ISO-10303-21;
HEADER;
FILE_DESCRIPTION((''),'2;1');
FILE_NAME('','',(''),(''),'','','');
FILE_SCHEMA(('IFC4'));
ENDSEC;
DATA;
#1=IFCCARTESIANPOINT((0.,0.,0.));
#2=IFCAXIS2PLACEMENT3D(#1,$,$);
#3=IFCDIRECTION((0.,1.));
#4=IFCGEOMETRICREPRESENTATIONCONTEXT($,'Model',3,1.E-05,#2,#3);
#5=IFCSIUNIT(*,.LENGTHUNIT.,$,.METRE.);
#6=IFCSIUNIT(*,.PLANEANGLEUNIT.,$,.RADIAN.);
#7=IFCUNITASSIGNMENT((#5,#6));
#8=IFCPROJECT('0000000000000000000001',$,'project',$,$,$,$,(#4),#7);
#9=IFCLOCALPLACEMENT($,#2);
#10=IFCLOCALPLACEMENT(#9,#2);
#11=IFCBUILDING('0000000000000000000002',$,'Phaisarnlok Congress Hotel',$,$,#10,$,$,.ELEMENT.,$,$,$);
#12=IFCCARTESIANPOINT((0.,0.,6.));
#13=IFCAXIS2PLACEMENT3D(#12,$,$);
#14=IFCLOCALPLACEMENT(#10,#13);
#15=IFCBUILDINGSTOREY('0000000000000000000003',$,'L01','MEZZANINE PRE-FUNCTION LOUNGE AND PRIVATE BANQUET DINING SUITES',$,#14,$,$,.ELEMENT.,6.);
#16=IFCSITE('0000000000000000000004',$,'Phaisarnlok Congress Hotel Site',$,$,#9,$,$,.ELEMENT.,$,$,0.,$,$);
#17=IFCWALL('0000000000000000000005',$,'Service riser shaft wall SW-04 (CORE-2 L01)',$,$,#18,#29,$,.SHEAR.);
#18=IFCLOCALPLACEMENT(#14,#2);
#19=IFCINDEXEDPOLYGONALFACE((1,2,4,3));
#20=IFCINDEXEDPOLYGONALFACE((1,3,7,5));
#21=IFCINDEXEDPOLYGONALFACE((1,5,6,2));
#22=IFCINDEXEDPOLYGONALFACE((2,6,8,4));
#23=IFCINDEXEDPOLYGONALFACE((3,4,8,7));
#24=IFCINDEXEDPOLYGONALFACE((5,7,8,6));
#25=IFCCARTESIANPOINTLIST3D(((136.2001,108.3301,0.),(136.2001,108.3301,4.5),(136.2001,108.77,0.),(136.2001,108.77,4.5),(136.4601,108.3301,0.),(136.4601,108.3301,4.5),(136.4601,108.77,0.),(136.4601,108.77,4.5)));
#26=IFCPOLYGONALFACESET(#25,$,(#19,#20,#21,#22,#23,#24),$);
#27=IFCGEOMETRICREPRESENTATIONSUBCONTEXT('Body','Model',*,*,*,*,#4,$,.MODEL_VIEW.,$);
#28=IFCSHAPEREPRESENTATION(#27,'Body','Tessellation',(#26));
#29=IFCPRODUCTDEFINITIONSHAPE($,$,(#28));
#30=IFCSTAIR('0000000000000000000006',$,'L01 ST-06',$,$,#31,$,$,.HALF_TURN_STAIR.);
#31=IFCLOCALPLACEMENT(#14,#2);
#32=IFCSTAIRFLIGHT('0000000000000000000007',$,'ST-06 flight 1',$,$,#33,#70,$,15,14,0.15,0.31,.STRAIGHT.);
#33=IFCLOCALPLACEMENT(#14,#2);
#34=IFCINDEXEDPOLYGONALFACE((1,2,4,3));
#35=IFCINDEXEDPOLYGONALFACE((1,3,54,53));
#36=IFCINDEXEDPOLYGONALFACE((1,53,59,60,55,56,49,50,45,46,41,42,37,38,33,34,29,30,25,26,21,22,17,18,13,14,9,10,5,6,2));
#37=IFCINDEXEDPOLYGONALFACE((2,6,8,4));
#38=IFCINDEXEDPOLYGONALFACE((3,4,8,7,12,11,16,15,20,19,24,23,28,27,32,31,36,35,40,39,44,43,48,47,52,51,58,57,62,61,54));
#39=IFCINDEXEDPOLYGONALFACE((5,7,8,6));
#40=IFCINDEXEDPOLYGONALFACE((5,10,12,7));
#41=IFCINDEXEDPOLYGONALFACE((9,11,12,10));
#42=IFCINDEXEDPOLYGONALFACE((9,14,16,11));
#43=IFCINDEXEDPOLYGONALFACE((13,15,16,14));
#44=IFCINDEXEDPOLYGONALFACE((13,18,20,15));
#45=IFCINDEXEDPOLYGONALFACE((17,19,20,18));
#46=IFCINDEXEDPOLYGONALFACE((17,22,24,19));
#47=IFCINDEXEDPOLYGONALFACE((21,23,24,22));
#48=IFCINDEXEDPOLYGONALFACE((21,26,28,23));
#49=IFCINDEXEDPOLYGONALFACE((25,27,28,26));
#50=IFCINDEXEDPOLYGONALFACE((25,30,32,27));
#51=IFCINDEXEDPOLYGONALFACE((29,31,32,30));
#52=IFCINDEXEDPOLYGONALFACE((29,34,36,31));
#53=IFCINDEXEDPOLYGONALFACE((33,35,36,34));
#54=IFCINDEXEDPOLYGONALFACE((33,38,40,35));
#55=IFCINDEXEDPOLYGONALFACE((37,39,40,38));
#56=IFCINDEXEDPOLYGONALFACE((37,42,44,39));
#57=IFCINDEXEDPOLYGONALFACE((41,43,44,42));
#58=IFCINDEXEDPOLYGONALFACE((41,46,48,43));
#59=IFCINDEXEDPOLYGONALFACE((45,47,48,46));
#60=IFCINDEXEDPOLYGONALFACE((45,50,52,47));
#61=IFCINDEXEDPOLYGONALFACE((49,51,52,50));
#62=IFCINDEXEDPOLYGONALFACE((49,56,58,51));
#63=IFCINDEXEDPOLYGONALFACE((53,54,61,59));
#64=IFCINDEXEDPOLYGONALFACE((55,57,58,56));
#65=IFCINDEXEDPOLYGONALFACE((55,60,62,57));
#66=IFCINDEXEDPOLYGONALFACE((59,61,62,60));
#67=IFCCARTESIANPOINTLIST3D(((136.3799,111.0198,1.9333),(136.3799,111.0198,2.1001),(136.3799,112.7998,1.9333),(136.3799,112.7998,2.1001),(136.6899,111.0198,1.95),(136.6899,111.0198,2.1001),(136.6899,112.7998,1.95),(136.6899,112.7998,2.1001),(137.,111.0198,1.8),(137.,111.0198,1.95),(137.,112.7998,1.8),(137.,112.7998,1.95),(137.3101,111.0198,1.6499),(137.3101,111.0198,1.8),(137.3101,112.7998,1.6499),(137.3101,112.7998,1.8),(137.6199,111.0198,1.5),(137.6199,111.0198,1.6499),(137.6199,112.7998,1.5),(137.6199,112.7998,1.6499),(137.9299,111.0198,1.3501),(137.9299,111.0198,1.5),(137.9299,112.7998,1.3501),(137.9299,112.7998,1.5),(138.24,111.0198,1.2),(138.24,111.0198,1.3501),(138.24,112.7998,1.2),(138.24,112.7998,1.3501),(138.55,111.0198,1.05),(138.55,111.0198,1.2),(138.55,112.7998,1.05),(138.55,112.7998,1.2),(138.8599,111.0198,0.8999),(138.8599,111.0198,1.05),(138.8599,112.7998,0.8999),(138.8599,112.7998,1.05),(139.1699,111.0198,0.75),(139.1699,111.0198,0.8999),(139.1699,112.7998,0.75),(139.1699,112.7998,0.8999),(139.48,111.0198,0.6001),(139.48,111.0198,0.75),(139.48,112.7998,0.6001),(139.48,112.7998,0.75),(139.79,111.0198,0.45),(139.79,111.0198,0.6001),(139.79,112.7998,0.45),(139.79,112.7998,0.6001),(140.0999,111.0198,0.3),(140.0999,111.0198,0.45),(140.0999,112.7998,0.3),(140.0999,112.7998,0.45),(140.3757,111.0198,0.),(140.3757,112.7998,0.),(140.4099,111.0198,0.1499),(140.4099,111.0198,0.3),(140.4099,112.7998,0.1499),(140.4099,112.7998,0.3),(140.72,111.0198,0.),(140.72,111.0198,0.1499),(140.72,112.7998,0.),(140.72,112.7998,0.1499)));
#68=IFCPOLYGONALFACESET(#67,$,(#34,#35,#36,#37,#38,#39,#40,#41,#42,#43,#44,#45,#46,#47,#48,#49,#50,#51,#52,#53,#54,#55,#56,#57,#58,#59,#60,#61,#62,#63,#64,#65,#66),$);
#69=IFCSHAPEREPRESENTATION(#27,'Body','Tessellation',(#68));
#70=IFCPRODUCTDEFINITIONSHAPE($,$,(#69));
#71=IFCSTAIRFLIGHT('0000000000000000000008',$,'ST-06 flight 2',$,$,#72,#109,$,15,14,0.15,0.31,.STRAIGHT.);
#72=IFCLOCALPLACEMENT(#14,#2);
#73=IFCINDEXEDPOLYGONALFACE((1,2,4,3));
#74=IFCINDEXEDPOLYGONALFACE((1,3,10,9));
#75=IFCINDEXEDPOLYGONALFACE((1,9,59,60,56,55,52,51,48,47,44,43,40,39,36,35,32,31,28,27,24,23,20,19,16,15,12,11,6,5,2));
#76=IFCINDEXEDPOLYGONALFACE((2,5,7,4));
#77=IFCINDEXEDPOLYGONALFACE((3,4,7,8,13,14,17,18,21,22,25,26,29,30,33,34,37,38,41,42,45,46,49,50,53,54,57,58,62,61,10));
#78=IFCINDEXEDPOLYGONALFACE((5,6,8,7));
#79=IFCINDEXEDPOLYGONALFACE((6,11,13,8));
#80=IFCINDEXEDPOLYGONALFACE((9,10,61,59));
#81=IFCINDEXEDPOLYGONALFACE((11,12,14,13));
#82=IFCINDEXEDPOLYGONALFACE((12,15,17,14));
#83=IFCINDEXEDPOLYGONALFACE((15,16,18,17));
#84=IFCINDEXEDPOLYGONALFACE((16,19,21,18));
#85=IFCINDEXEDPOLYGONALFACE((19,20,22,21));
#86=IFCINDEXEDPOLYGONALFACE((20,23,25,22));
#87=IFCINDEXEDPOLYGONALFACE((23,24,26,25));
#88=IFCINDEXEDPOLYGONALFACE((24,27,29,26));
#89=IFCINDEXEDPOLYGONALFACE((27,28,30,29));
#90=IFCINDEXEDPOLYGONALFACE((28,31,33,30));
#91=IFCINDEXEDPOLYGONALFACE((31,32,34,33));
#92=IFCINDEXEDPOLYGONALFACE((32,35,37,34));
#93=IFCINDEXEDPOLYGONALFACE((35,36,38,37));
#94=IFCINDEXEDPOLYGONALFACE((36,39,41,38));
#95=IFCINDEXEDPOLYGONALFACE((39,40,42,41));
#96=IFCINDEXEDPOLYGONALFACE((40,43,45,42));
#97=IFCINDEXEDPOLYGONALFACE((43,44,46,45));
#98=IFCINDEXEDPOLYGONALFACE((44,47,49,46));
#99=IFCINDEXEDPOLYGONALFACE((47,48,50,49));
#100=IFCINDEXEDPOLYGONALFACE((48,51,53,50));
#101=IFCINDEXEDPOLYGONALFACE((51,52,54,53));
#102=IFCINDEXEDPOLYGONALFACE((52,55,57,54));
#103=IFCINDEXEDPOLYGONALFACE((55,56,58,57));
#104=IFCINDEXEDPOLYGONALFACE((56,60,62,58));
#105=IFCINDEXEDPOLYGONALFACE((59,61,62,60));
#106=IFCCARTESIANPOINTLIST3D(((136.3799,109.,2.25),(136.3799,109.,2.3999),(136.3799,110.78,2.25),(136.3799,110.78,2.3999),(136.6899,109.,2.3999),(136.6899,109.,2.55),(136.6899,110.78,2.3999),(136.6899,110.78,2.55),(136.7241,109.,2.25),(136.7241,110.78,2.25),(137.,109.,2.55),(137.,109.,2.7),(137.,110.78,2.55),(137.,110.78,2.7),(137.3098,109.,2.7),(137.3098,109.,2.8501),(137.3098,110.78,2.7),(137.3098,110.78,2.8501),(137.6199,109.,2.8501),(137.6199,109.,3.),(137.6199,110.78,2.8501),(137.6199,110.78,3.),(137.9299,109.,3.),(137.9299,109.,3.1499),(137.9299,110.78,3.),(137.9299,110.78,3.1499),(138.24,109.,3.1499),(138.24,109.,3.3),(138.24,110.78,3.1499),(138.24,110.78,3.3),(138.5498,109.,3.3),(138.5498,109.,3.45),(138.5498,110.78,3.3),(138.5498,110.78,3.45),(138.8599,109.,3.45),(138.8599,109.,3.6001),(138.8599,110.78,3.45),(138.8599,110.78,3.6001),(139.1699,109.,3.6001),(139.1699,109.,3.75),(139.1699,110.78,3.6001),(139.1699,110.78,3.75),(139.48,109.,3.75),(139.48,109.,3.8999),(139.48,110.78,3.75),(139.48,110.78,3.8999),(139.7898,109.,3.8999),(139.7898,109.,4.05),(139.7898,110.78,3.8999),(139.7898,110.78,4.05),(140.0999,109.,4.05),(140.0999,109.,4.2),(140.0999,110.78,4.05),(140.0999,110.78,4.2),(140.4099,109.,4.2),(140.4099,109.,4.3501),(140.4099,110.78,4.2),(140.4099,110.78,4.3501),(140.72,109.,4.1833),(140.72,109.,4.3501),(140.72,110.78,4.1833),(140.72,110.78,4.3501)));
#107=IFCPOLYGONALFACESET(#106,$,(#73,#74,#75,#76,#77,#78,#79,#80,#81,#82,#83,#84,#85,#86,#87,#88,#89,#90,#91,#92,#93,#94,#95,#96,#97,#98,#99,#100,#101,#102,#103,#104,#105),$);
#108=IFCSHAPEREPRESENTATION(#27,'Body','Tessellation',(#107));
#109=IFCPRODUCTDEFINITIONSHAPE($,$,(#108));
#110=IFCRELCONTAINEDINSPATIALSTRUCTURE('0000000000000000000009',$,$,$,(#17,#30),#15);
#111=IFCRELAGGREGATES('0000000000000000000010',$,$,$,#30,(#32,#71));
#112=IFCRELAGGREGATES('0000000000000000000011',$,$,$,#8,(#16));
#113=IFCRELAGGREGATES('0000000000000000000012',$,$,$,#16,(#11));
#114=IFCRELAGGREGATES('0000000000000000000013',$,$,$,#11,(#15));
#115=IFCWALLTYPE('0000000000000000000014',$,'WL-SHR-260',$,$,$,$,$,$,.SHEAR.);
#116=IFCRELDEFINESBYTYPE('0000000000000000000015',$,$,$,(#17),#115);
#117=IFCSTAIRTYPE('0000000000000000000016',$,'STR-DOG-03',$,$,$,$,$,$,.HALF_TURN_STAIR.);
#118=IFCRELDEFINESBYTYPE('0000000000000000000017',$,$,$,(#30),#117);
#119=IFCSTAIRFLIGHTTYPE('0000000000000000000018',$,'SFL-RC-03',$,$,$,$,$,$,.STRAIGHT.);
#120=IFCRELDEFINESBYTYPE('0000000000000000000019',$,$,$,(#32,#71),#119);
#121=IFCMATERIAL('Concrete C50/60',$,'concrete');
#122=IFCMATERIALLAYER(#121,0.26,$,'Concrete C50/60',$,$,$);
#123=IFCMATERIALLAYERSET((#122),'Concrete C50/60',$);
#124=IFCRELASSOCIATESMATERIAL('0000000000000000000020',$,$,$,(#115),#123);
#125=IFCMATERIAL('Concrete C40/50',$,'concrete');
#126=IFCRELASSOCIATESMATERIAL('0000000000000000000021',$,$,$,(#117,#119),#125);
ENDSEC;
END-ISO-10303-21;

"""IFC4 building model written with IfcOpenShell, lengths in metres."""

from ifc_helpers import new_model, si_unit, direction, frame, frame_2d, origin, place, context, subcontext, project, spatial, polyline, rectangle, outline, extrude, material, layer, layer_set, type_object, element, aggregate, save


model = new_model("IFC4")

# Units and contexts
model_context = context("Model", 3, precision=1e-05, world=origin(), true_north=direction((0.0, 1.0)))
body_context = subcontext(model_context, "Body", "Model", "MODEL_VIEW")
ifc_project = project(units=[si_unit("LENGTHUNIT", "METRE"), si_unit("PLANEANGLEUNIT", "RADIAN")], contexts=[model_context])

# Site, building, storey
site_placement = place(None, origin())
site = spatial("IfcSite", under=ifc_project, at=site_placement, Name="Phaisarnlok Congress Hotel Site", CompositionType="ELEMENT", RefElevation=0.0)
building_placement = place(site_placement, origin())
building = spatial("IfcBuilding", under=site, at=building_placement, Name="Phaisarnlok Congress Hotel", CompositionType="ELEMENT")
storey_placement = place(building_placement, frame((0.0, 0.0, 6.0)))
storey = spatial("IfcBuildingStorey", under=building, at=storey_placement, Name="L01", Description="MEZZANINE PRE-FUNCTION LOUNGE AND PRIVATE BANQUET DINING SUITES", CompositionType="ELEMENT", Elevation=6.0)

# Shared definitions
ifc_material_1 = material(Name="Concrete C50/60", Category="concrete")

# Shared definitions
ifc_material_2 = material(Name="Concrete C40/50", Category="concrete")

# Wall
ifc_layer_1 = layer(ifc_material_1, 0.26, Name="Concrete C50/60")
ifc_layer_set_1 = layer_set([ifc_layer_1], Name="Concrete C50/60")
wall_type_1 = type_object("IfcWallType", Name="WL-SHR-260", PredefinedType="SHEAR", material=ifc_layer_set_1)
for number, where, z_axis, x_axis, name in (
    (1, (136.3301, 108.3301, 0.0), (0.0, 0.0, 1.0), (0.0, 1.0, 0.0), "Service riser shaft wall SW-04 (CORE-2 L01)"),
):
    element("IfcWall", number, at=place(storey_placement, frame(where, z_axis=z_axis, x_axis=x_axis)), inside=storey, type_object=wall_type_1, Name=name, PredefinedType="SHEAR", context=body_context, shape_type="SweptSolid", body=[
        extrude(rectangle(XDim=0.4399, YDim=0.26, at=frame_2d((0.22, 0.0))), origin(), (0.0, 0.0, 1.0), 4.5),
    ])

# Stair, stair flights
stair_type = type_object("IfcStairType", Name="STR-DOG-03", PredefinedType="HALF_TURN_STAIR", material=ifc_material_2)
stair_placement = place(storey_placement, origin())
stair = element("IfcStair", 2, at=stair_placement, inside=storey, type_object=stair_type, Name="L01 ST-06", PredefinedType="HALF_TURN_STAIR")
stair_flight_type = type_object("IfcStairFlightType", Name="SFL-RC-03", PredefinedType="STRAIGHT", material=ifc_material_2)
stair_flight_1_placement = place(storey_placement, frame((140.72, 111.9099, 0.0), z_axis=(0.0, 0.0, 1.0), x_axis=(-1.0, 0.0, 0.0)))
stair_flight_1 = element("IfcStairFlight", 3, at=stair_flight_1_placement, type_object=stair_flight_type, Name="ST-06 flight 1", NumberOfRisers=15, NumberOfTreads=14, PredefinedType="STRAIGHT", RiserHeight=0.15, TreadLength=0.31, context=body_context, shape_type="SweptSolid", body=[
    extrude(outline(polyline([(0.0, 0.0), (0.0, 0.1499), (0.3101, 0.1499), (0.3101, 0.3), (0.6201, 0.3), (0.6201, 0.45), (0.9299, 0.45), (0.9299, 0.6001), (1.24, 0.6001), (1.24, 0.75), (1.55, 0.75), (1.55, 0.8999), (1.8601, 0.8999), (1.8601, 1.05), (2.1699, 1.05), (2.1699, 1.2), (2.48, 1.2), (2.48, 1.3501), (2.79, 1.3501), (2.79, 1.5), (3.1001, 1.5), (3.1001, 1.6499), (3.4099, 1.6499), (3.4099, 1.8), (3.72, 1.8), (3.72, 1.95), (4.03, 1.95), (4.03, 2.1001), (4.3401, 2.1001), (4.3401, 2.25), (4.3401, 1.9333), (0.3442, 0.0), (0.0, 0.0)])), frame((0.0, 0.8901, 0.0), z_axis=(0.0, -1.0, 0.0), x_axis=(1.0, 0.0, 0.0)), (0.0, 0.0, 1.0), 1.78),
])
stair_flight_2_placement = place(storey_placement, frame((136.3799, 109.8899, 2.25), z_axis=(0.0, 0.0, 1.0), x_axis=(1.0, 0.0, 0.0)))
stair_flight_2 = element("IfcStairFlight", 4, at=stair_flight_2_placement, type_object=stair_flight_type, Name="ST-06 flight 2", NumberOfRisers=15, NumberOfTreads=14, PredefinedType="STRAIGHT", RiserHeight=0.15, TreadLength=0.31, context=body_context, shape_type="SweptSolid", body=[
    extrude(outline(polyline([(0.0, 0.0), (0.0, 0.1499), (0.3101, 0.1499), (0.3101, 0.3), (0.6201, 0.3), (0.6201, 0.45), (0.9299, 0.45), (0.9299, 0.6001), (1.24, 0.6001), (1.24, 0.75), (1.55, 0.75), (1.55, 0.8999), (1.8601, 0.8999), (1.8601, 1.05), (2.1699, 1.05), (2.1699, 1.2), (2.48, 1.2), (2.48, 1.3501), (2.79, 1.3501), (2.79, 1.5), (3.1001, 1.5), (3.1001, 1.6499), (3.4099, 1.6499), (3.4099, 1.8), (3.72, 1.8), (3.72, 1.95), (4.03, 1.95), (4.03, 2.1001), (4.3401, 2.1001), (4.3401, 2.25), (4.3401, 1.9333), (0.3442, 0.0), (0.0, 0.0)])), frame((0.0, 0.8901, 0.0), z_axis=(0.0, -1.0, 0.0), x_axis=(1.0, 0.0, 0.0)), (0.0, 0.0, 1.0), 1.78),
])
aggregate(stair, [stair_flight_1, stair_flight_2])

save(model, "model.ifc")
